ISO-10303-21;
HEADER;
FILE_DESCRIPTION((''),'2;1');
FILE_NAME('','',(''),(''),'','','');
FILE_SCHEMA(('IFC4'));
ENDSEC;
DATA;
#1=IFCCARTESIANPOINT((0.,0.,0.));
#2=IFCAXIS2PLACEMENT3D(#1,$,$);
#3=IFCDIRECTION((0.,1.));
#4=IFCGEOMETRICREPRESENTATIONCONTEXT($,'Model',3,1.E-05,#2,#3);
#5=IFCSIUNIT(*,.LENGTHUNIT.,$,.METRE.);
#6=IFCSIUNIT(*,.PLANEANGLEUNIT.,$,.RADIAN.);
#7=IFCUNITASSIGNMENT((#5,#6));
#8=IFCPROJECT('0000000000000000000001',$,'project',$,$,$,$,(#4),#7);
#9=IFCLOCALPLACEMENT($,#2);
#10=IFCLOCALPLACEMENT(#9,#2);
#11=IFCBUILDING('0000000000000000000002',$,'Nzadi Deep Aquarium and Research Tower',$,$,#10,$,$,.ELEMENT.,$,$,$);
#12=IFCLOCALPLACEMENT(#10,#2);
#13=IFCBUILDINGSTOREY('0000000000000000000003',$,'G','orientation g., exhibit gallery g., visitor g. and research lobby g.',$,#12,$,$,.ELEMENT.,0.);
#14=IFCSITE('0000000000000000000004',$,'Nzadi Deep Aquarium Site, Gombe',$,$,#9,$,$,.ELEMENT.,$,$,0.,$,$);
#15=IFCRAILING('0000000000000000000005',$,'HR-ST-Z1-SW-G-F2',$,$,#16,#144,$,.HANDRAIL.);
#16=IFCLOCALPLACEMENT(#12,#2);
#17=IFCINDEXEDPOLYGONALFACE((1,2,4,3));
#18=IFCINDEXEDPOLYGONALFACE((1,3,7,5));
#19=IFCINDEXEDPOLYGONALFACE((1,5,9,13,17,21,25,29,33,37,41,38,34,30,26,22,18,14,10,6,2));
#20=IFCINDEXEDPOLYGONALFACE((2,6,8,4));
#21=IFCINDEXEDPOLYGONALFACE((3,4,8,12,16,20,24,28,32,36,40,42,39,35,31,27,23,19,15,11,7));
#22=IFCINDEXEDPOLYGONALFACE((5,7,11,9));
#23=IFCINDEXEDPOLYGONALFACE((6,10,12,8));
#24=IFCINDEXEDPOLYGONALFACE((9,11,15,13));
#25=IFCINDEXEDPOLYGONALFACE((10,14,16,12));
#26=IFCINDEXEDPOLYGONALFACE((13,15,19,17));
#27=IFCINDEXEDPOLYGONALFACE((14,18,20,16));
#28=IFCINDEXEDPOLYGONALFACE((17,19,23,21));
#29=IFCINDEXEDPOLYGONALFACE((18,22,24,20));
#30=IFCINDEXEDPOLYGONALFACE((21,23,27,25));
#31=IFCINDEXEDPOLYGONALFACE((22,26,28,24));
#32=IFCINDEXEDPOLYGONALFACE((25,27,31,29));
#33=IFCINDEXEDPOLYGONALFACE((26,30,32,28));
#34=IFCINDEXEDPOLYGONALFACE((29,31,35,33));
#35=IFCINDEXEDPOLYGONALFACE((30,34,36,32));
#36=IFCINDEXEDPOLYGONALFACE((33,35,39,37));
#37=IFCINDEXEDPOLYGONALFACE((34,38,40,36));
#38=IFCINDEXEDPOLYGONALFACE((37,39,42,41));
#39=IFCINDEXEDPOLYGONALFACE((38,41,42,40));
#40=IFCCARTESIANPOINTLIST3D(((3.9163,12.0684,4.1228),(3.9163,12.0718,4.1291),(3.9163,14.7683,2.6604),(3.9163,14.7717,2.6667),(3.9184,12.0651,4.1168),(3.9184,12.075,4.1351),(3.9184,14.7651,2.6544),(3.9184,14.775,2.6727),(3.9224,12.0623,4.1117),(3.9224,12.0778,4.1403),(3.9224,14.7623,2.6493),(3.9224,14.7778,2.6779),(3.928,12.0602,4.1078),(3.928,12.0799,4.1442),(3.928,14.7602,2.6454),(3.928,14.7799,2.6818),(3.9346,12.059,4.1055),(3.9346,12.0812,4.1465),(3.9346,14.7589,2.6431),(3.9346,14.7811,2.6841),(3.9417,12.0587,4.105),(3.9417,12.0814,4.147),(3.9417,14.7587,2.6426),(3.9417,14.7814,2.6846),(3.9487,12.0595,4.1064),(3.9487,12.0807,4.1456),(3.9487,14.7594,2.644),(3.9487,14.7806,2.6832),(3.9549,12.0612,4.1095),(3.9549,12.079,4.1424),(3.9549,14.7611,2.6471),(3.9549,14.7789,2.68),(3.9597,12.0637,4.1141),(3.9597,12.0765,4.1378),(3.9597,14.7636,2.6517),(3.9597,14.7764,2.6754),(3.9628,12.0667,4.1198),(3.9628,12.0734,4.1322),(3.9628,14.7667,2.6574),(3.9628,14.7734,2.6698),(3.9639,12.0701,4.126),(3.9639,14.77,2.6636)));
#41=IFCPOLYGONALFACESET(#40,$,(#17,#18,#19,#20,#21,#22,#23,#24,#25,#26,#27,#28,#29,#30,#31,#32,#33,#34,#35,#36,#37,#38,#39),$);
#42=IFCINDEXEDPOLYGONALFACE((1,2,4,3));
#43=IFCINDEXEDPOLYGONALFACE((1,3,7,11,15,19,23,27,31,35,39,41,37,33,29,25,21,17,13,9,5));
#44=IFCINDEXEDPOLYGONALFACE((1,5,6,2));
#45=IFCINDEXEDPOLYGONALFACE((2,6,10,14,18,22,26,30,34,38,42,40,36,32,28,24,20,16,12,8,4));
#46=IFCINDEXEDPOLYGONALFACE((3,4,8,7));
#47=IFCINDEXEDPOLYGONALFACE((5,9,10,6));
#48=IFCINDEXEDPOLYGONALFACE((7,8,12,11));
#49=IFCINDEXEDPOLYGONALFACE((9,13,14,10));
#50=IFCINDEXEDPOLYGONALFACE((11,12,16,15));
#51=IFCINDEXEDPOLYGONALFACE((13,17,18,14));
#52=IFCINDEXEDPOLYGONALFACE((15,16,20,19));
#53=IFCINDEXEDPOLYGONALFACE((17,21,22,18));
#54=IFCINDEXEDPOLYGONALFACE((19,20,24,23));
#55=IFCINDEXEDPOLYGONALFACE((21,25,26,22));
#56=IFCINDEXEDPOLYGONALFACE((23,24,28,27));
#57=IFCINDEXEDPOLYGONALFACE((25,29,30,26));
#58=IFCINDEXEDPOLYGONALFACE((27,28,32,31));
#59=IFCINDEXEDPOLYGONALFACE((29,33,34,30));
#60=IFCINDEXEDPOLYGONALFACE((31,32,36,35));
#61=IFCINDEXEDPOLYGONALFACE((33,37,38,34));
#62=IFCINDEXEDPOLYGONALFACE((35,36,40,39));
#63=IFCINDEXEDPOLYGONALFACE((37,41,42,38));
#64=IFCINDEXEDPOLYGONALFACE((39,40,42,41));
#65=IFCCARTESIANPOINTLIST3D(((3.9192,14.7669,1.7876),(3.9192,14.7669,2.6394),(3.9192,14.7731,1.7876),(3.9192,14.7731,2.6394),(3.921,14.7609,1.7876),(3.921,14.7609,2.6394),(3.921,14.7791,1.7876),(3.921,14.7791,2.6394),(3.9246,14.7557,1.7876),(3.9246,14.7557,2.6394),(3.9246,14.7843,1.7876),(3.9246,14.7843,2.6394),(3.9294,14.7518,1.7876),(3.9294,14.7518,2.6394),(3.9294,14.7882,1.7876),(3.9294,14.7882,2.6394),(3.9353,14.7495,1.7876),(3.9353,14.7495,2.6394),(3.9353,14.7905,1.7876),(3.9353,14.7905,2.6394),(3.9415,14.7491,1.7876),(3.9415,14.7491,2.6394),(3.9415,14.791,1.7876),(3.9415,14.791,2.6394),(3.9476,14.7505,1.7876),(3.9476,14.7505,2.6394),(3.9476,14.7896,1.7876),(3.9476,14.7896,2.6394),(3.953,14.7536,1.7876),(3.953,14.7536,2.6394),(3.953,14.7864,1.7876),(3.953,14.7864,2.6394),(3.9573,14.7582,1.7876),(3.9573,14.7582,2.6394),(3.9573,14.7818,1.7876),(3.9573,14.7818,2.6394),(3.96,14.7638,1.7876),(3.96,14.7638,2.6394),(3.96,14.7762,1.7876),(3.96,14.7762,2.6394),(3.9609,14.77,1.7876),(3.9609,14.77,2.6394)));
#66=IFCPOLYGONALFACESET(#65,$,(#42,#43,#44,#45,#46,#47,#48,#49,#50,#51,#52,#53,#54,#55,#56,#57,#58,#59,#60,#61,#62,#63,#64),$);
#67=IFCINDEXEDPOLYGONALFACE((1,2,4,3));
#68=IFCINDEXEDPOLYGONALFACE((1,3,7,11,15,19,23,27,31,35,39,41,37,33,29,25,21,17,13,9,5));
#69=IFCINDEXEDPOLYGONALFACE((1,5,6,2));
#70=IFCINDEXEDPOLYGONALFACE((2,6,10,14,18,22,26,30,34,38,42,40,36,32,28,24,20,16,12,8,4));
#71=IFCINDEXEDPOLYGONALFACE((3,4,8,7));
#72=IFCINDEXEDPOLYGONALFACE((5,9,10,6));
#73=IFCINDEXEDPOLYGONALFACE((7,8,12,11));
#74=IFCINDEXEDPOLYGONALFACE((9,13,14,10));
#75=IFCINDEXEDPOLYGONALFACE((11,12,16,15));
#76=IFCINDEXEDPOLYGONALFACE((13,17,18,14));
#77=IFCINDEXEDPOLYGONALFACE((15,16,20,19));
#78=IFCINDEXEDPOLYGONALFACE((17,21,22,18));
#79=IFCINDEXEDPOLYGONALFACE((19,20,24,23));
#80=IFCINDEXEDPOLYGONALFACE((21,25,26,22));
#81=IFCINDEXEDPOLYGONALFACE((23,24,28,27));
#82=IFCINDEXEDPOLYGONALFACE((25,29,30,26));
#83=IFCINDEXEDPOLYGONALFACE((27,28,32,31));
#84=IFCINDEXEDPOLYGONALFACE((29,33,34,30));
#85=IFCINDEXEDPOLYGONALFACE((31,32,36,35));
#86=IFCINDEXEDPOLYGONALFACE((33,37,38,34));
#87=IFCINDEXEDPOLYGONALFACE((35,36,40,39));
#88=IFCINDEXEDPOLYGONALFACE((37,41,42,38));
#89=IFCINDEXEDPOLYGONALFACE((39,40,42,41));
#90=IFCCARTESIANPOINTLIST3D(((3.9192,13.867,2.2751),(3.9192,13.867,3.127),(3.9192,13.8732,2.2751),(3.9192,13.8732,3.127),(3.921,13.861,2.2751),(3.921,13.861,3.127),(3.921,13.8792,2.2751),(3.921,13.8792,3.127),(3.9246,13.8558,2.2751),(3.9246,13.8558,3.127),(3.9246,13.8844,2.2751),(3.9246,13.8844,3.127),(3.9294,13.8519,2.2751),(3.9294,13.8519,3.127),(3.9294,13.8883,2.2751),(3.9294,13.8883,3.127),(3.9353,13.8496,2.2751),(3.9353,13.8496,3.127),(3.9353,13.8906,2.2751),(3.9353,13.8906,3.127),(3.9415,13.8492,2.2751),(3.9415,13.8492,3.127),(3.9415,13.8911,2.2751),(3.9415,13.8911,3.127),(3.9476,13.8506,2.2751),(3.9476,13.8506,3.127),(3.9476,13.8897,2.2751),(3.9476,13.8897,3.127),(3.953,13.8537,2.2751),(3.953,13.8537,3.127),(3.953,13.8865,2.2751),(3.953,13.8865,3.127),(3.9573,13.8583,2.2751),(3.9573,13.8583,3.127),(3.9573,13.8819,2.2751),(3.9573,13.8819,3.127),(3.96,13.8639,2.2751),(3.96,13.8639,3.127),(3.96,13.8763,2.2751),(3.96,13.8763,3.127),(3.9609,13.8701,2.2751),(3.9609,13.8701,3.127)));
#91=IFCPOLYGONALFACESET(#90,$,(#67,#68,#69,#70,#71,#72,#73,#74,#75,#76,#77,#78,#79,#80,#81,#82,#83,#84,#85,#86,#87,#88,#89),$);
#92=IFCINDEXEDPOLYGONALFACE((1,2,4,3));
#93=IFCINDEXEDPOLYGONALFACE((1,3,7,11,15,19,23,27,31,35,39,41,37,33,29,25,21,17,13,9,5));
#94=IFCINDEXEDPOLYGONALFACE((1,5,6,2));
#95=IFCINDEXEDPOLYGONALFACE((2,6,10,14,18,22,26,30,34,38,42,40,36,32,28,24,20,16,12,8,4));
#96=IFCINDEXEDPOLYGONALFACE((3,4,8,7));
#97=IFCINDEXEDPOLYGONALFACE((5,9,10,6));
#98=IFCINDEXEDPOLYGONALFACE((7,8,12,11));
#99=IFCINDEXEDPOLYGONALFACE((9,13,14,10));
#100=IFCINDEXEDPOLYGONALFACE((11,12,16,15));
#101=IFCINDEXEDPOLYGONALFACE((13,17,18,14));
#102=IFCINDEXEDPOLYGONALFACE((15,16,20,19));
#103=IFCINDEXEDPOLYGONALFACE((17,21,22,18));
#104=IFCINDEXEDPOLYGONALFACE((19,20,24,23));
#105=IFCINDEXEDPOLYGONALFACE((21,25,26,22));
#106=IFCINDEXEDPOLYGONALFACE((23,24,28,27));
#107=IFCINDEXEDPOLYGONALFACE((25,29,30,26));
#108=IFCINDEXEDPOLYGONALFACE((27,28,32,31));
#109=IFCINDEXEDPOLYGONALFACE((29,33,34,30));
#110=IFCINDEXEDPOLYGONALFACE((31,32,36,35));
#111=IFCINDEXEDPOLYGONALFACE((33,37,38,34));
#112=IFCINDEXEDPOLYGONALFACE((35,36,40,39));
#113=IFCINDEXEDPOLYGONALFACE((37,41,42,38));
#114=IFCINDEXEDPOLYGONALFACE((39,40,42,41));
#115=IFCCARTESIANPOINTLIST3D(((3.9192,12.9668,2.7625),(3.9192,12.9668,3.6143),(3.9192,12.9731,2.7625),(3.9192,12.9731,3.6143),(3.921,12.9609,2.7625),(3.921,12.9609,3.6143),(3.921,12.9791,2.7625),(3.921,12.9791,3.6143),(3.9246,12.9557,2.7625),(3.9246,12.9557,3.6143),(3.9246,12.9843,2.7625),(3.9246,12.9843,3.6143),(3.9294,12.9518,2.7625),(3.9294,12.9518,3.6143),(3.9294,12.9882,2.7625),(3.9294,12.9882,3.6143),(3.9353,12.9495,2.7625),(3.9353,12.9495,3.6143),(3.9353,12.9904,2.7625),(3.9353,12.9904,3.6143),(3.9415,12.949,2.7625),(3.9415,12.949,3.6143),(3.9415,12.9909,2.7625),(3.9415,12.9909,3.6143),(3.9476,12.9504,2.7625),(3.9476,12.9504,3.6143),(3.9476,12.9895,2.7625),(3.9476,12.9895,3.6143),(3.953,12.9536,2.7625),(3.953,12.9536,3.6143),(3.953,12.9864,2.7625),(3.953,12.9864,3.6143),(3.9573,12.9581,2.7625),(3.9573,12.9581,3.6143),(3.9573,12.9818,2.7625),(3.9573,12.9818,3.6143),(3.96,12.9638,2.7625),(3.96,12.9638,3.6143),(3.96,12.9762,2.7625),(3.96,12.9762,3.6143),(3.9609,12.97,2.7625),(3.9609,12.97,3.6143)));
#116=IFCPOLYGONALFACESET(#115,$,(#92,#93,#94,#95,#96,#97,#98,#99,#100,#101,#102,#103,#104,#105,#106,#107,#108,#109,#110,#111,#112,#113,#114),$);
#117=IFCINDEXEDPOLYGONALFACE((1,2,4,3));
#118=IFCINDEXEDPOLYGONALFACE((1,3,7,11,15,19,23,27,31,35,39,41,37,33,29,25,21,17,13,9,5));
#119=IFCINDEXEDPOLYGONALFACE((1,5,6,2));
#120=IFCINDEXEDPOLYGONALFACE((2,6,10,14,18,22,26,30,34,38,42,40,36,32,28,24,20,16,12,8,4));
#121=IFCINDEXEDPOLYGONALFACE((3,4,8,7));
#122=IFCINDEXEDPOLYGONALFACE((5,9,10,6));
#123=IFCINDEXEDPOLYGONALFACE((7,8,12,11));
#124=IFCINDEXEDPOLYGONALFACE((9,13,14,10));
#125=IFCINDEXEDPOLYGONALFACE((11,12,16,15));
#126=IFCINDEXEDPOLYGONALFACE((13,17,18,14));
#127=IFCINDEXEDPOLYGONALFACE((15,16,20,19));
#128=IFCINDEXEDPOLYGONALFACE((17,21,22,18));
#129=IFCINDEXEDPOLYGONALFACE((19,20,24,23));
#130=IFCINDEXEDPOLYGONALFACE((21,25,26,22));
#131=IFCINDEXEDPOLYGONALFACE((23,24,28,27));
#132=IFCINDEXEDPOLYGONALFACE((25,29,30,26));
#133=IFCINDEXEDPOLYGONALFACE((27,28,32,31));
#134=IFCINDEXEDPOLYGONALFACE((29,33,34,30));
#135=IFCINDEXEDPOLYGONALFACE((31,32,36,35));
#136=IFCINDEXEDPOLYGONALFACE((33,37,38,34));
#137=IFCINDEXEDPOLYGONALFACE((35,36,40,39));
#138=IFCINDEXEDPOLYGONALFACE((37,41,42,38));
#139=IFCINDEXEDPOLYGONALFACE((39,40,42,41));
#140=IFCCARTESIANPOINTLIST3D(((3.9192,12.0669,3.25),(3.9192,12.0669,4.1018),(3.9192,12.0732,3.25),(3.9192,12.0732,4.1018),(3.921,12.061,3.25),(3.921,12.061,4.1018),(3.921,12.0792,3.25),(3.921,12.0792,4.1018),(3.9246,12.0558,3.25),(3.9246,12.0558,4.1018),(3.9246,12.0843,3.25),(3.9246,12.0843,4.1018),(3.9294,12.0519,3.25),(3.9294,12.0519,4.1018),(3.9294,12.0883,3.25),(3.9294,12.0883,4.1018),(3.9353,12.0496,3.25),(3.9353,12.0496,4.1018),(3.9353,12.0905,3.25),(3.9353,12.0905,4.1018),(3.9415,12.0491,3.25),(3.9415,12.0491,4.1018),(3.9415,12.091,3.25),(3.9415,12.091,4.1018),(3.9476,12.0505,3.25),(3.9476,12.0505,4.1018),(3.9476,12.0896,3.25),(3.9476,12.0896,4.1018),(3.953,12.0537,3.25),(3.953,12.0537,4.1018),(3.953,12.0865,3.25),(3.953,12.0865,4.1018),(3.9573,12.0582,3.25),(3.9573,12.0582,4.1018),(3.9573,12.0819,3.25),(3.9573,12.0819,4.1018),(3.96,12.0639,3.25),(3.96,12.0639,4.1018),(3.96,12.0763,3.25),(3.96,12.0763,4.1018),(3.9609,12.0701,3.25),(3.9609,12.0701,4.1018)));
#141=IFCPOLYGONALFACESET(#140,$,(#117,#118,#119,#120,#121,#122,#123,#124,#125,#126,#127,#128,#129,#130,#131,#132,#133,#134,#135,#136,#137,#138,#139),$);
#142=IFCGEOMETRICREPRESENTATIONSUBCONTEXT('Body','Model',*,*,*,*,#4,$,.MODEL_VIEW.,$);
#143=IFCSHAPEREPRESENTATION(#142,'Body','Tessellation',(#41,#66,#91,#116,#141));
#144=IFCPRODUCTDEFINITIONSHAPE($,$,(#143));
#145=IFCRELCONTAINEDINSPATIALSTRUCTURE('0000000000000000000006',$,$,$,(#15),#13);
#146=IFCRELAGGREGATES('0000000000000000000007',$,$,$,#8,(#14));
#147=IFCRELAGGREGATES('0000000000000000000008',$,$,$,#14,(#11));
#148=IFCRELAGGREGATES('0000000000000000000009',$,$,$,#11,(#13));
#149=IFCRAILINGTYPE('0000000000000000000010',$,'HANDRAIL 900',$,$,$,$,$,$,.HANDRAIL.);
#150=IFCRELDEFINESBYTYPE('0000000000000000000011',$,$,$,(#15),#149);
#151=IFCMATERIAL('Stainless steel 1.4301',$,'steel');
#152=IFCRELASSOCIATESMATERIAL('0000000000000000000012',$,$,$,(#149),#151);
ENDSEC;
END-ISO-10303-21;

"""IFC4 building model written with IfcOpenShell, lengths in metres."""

from ifc_helpers import new_model, si_unit, direction, frame, origin, origin_2d, place, context, subcontext, project, spatial, circle, extrude, material, type_object, element, save


model = new_model("IFC4")

# Units and contexts
model_context = context("Model", 3, precision=1e-05, world=origin(), true_north=direction((0.0, 1.0)))
body_context = subcontext(model_context, "Body", "Model", "MODEL_VIEW")
ifc_project = project(units=[si_unit("LENGTHUNIT", "METRE"), si_unit("PLANEANGLEUNIT", "RADIAN")], contexts=[model_context])

# Site, building, storey
site_placement = place(None, origin())
site = spatial("IfcSite", under=ifc_project, at=site_placement, Name="Nzadi Deep Aquarium Site, Gombe", CompositionType="ELEMENT", RefElevation=0.0)
building_placement = place(site_placement, origin())
building = spatial("IfcBuilding", under=site, at=building_placement, Name="Nzadi Deep Aquarium and Research Tower", CompositionType="ELEMENT")
storey_placement = place(building_placement, origin())
storey = spatial("IfcBuildingStorey", under=building, at=storey_placement, Name="G", Description="orientation g., exhibit gallery g., visitor g. and research lobby g.", CompositionType="ELEMENT", Elevation=0.0)

# Railing
ifc_material_1 = material(Name="Stainless steel 1.4301", Category="steel")
railing_type = type_object("IfcRailingType", Name="HANDRAIL 900", PredefinedType="HANDRAIL", material=ifc_material_1)
for number, where, name in (
    (1, (3.9399, 14.77, 1.7876), "HR-ST-Z1-SW-G-F2"),
):
    element("IfcRailing", number, at=place(storey_placement, frame(where)), inside=storey, type_object=railing_type, Name=name, PredefinedType="HANDRAIL", context=body_context, shape_type="SweptSolid", body=[
        extrude(circle(Radius=0.0239, at=origin_2d()), frame((0.0, 0.0, 0.876), z_axis=(0.0, -0.879302, 0.476265), x_axis=(1.0, 0.0, 0.0)), (0.0, 0.0, 1.0), 3.0706),
        extrude(circle(Radius=0.021, at=origin_2d()), origin(), (0.0, 0.0, 1.0), 0.8518),
        extrude(circle(Radius=0.021, at=origin_2d()), frame((0.0, -0.8999, 0.4875)), (0.0, 0.0, 1.0), 0.8518),
        extrude(circle(Radius=0.021, at=origin_2d()), frame((0.0, -1.8, 0.9749)), (0.0, 0.0, 1.0), 0.8518),
        extrude(circle(Radius=0.021, at=origin_2d()), frame((0.0, -2.7, 1.4624)), (0.0, 0.0, 1.0), 0.8518),
    ])

save(model, "model.ifc")
